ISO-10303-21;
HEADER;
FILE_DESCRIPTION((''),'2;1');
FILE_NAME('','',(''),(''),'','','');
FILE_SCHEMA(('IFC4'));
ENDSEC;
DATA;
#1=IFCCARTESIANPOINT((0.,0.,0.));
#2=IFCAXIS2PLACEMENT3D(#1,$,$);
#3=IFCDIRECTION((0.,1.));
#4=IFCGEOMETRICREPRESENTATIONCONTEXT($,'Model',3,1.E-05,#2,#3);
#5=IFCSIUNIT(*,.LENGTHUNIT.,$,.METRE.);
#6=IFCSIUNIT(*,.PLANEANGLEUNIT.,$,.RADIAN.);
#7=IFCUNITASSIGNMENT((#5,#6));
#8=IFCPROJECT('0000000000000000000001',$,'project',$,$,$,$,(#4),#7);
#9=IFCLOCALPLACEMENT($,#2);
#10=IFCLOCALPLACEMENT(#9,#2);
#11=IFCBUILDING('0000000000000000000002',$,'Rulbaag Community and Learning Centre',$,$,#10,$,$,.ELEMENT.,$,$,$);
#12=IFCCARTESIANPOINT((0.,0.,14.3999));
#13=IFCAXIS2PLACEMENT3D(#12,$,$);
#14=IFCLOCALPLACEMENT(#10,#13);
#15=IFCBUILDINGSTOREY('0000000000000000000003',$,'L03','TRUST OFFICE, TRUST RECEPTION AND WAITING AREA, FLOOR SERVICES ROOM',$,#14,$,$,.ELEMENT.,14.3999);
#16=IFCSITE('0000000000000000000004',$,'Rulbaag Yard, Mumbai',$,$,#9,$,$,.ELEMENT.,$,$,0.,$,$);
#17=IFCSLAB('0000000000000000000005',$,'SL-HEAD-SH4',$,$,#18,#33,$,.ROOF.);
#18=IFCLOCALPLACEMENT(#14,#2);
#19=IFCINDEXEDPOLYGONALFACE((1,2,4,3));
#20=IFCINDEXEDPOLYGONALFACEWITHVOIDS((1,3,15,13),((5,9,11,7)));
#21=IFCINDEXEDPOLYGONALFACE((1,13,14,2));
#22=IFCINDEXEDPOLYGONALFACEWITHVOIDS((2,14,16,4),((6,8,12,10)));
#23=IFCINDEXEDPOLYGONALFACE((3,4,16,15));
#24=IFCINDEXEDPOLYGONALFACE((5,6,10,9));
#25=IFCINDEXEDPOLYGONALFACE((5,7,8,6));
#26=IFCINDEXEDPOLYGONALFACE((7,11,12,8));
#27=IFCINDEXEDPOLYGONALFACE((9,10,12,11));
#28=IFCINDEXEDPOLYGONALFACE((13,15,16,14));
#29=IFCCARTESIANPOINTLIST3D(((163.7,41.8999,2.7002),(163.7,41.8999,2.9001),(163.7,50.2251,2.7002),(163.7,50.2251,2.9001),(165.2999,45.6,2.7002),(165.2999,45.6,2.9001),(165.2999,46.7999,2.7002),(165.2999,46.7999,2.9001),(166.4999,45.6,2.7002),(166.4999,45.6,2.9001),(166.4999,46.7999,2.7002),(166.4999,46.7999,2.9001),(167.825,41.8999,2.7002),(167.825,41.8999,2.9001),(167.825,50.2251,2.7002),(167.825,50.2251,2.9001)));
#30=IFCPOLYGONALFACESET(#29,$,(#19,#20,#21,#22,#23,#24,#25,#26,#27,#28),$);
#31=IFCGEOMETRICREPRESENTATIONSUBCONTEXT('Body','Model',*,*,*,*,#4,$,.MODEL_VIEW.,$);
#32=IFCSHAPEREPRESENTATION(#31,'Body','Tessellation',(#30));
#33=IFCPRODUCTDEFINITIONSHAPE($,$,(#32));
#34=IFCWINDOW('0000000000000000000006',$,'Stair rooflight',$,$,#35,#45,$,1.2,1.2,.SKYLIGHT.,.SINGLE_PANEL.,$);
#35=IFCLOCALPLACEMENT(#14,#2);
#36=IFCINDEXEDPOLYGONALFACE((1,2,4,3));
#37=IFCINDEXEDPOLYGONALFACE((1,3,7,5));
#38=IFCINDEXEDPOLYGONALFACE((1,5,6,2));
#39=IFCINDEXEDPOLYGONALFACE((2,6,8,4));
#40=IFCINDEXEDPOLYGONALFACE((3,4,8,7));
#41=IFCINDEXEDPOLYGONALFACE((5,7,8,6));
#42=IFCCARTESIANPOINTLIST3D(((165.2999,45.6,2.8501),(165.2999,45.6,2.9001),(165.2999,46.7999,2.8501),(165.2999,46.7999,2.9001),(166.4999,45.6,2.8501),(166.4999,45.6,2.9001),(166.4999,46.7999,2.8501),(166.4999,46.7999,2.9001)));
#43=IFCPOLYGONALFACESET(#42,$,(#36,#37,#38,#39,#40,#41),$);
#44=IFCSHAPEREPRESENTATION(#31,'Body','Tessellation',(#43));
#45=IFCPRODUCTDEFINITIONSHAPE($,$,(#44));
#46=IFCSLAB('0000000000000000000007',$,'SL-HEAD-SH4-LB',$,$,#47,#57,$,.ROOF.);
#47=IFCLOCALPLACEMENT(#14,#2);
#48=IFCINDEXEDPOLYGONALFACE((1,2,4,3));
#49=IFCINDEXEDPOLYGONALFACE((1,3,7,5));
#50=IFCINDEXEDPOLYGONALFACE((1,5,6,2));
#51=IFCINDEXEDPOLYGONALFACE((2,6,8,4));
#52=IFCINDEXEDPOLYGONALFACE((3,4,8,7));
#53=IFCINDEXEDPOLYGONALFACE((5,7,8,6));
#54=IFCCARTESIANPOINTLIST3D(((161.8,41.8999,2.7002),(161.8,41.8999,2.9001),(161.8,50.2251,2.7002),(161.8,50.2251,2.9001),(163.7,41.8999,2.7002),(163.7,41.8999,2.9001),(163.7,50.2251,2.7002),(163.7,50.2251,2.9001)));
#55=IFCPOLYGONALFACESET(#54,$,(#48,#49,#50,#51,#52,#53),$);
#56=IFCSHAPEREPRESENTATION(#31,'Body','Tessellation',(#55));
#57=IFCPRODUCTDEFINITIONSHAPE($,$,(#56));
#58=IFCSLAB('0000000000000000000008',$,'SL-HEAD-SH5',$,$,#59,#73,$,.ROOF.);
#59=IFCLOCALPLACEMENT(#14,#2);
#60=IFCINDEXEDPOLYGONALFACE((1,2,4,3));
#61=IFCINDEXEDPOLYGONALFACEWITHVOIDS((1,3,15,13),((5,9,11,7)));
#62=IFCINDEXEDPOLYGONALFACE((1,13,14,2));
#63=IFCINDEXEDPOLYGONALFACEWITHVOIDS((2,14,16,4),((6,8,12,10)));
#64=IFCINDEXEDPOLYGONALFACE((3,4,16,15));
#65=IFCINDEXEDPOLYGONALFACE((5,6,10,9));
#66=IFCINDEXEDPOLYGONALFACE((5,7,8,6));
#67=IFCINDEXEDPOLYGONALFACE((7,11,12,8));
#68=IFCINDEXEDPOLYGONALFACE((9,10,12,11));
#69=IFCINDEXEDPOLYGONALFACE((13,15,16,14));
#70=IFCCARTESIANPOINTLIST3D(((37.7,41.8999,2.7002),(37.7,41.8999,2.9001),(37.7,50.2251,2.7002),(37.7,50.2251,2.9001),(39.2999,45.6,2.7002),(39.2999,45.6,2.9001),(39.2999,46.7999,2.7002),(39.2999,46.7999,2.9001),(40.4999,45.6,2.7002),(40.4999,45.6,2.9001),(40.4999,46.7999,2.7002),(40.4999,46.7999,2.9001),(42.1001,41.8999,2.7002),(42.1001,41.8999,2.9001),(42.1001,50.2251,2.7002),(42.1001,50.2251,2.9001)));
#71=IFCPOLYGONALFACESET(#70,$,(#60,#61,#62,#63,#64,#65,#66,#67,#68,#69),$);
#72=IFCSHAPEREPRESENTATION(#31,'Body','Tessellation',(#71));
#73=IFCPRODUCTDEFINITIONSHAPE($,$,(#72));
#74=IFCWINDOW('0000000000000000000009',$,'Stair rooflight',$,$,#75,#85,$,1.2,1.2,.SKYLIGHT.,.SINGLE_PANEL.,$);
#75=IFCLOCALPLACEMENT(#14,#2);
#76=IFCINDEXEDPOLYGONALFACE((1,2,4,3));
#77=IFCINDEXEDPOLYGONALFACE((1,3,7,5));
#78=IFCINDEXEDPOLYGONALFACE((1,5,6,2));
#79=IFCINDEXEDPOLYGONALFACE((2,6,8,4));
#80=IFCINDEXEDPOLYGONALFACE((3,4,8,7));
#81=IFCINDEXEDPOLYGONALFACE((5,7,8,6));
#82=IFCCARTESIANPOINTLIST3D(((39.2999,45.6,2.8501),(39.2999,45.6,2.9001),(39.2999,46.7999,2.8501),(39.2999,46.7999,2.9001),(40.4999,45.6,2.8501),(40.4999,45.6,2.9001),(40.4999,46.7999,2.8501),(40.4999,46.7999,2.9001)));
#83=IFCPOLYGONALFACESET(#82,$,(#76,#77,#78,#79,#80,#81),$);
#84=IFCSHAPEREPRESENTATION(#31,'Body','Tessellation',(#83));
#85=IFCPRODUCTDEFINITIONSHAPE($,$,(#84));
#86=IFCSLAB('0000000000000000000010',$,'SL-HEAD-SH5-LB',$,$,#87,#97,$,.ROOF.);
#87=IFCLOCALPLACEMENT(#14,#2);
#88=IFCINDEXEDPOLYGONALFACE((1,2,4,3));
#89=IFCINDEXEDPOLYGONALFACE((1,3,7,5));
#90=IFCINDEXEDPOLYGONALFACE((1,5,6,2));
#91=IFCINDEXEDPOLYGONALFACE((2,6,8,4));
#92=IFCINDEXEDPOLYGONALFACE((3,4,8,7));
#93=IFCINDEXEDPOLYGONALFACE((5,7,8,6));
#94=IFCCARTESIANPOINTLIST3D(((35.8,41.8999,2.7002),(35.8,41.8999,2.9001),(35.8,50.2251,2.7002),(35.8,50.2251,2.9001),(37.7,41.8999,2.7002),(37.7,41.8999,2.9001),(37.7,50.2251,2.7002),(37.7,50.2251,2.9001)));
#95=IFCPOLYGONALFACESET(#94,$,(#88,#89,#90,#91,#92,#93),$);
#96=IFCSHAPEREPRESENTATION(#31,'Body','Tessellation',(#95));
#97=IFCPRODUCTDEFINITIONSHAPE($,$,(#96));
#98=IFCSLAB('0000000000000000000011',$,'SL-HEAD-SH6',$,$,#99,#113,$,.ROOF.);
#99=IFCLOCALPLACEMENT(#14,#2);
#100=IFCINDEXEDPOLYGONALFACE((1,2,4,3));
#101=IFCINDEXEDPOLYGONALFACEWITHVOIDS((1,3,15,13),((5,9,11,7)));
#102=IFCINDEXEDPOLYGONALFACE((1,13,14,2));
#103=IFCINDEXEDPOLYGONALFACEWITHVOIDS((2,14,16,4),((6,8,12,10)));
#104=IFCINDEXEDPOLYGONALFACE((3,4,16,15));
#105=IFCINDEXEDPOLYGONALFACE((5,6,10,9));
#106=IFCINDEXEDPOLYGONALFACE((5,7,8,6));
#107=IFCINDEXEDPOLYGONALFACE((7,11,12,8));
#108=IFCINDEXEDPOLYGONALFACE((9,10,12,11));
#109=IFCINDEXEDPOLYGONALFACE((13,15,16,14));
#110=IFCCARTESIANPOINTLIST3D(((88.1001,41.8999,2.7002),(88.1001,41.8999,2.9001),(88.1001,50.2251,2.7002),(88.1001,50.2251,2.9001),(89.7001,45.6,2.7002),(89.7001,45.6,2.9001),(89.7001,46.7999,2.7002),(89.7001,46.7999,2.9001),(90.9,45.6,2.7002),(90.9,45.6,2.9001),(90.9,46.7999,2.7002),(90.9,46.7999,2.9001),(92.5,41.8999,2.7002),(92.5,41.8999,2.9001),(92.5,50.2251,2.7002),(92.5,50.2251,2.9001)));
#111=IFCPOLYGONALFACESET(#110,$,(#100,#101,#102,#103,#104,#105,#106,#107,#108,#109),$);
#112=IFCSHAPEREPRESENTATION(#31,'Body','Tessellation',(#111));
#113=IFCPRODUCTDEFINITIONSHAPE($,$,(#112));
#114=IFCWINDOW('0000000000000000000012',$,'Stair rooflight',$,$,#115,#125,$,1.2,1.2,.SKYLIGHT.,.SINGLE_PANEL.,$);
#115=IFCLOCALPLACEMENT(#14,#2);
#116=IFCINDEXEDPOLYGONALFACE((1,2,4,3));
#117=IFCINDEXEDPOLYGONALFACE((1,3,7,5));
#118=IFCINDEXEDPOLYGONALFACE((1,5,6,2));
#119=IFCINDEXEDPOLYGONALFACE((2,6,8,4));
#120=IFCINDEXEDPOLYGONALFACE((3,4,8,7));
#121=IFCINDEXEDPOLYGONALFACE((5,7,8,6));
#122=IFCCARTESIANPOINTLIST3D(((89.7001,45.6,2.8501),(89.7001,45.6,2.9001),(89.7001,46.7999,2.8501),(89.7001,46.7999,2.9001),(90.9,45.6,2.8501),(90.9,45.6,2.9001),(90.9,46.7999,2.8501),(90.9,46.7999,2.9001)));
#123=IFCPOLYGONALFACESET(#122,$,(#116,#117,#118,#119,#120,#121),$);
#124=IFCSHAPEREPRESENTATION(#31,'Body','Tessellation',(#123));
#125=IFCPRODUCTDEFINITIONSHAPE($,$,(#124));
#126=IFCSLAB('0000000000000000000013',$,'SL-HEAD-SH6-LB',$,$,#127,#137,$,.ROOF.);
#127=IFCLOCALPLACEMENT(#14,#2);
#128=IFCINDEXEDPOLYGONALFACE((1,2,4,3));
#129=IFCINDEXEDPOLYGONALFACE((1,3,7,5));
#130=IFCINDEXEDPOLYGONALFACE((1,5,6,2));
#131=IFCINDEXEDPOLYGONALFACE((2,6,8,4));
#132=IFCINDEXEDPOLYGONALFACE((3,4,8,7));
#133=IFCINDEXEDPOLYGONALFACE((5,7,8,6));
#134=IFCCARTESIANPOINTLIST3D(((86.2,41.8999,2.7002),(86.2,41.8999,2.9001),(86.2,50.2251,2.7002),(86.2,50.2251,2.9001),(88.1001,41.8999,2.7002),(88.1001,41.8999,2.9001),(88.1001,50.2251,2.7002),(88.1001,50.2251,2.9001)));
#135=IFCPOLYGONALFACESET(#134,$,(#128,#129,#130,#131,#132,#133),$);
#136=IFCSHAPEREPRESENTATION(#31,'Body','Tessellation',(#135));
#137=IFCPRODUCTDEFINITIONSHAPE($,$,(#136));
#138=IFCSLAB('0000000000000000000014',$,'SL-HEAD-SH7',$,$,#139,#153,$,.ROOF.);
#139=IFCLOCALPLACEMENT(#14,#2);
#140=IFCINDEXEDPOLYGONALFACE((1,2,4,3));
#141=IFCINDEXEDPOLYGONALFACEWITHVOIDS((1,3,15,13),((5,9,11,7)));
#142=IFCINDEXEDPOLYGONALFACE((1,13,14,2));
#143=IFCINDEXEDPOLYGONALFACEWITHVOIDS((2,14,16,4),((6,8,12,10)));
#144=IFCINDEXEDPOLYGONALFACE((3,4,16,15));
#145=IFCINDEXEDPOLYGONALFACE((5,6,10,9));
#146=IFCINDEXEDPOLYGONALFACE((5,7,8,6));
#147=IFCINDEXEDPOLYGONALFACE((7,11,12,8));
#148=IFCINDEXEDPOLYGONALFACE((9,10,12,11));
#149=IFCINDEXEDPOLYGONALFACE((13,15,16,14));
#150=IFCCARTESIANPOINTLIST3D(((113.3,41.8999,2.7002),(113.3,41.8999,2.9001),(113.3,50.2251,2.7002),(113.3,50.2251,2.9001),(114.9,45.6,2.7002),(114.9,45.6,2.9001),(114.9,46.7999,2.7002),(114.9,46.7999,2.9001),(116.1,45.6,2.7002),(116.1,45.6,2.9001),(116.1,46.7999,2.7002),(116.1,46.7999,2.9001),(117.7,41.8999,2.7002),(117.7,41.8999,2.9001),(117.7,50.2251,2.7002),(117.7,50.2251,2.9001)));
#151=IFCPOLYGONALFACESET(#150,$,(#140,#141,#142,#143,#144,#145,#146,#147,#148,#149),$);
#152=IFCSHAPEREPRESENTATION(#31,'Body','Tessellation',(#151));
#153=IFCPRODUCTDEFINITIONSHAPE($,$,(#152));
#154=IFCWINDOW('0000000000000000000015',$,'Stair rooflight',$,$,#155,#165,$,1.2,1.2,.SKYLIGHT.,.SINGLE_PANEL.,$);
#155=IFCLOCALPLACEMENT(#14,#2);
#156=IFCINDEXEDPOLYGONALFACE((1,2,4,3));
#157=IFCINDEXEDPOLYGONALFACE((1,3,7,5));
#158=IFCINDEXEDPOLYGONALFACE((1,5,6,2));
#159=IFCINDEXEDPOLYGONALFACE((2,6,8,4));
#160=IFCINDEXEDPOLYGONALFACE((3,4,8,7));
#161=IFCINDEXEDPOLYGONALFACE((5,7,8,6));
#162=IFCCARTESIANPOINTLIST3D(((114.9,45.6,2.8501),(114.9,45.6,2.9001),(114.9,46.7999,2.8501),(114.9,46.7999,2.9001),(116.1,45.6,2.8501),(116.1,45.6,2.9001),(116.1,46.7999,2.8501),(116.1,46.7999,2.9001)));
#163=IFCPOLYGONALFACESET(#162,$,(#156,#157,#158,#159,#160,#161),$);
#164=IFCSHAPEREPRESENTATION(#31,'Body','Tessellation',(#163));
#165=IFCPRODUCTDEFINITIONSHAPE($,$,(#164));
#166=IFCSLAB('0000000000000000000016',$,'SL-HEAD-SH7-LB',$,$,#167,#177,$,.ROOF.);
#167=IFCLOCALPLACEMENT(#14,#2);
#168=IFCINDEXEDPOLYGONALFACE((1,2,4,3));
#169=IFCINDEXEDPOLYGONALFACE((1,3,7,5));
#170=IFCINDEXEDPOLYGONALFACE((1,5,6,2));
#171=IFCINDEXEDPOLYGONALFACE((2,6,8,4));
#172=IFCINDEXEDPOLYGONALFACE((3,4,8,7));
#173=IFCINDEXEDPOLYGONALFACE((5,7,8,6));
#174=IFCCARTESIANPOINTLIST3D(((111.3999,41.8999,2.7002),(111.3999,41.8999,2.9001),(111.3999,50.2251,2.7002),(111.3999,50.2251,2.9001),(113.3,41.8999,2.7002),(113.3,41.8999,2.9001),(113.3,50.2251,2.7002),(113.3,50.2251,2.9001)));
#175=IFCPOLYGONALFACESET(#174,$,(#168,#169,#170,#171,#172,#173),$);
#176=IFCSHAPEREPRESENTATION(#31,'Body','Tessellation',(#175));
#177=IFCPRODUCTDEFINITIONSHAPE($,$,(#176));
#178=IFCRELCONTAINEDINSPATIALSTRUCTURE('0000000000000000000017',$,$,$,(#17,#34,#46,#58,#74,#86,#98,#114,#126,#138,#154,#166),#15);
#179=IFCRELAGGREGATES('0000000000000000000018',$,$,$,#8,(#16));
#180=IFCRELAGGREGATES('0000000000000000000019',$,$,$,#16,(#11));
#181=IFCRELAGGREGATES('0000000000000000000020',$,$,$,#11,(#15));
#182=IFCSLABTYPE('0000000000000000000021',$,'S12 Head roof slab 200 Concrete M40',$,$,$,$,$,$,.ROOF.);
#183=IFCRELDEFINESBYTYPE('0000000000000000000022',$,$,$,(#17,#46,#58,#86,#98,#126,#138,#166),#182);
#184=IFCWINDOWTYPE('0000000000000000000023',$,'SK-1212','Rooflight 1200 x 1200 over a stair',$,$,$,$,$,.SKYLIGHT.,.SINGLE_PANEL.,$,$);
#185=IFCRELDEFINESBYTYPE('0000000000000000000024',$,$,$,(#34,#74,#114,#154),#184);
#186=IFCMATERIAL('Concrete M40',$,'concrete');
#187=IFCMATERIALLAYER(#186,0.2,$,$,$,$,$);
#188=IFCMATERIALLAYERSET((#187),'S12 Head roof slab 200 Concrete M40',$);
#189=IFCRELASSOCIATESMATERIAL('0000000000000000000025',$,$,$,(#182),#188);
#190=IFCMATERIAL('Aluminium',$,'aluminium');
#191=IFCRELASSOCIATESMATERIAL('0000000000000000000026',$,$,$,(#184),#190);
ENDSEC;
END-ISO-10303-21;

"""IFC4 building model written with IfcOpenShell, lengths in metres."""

from ifc_helpers import new_model, si_unit, direction, frame, origin, origin_2d, place, context, subcontext, project, spatial, polyline, rectangle, outline, extrude, material, layer, layer_set, type_object, element, fill, save


model = new_model("IFC4")

# Units and contexts
model_context = context("Model", 3, precision=1e-05, world=origin(), true_north=direction((0.0, 1.0)))
body_context = subcontext(model_context, "Body", "Model", "MODEL_VIEW")
ifc_project = project(units=[si_unit("LENGTHUNIT", "METRE"), si_unit("PLANEANGLEUNIT", "RADIAN")], contexts=[model_context])

# Site, building, storey
site_placement = place(None, origin())
site = spatial("IfcSite", under=ifc_project, at=site_placement, Name="Rulbaag Yard, Mumbai", CompositionType="ELEMENT", RefElevation=0.0)
building_placement = place(site_placement, origin())
building = spatial("IfcBuilding", under=site, at=building_placement, Name="Rulbaag Community and Learning Centre", CompositionType="ELEMENT")
storey_placement = place(building_placement, frame((0.0, 0.0, 14.3999)))
storey = spatial("IfcBuildingStorey", under=building, at=storey_placement, Name="L03", Description="TRUST OFFICE, TRUST RECEPTION AND WAITING AREA, FLOOR SERVICES ROOM", CompositionType="ELEMENT", Elevation=14.3999)

# Slab, opening, window
ifc_material_1 = material(Name="Concrete M40", Category="concrete")
ifc_layer = layer(ifc_material_1, 0.2)
ifc_layer_set = layer_set([ifc_layer], Name="S12 Head roof slab 200 Concrete M40")
slab_type = type_object("IfcSlabType", Name="S12 Head roof slab 200 Concrete M40", PredefinedType="ROOF", material=ifc_layer_set)
slab_1_placement = place(storey_placement, frame((0.0, 0.0, 2.7002)))
slab_1 = element("IfcSlab", 1, at=slab_1_placement, inside=storey, type_object=slab_type, Name="SL-HEAD-SH4", PredefinedType="ROOF", context=body_context, shape_type="SweptSolid", body=[
    extrude(outline(polyline([(167.825, 41.8999), (163.7, 41.8999), (163.7, 50.2251), (167.825, 50.2251), (167.825, 41.8999)])), origin(), (0.0, 0.0, 1.0), 0.2),
])
opening_1_placement = place(slab_1_placement, frame((165.8999, 46.2, 0.0)))
opening_1 = element("IfcOpeningElement", 2, at=opening_1_placement, cuts=slab_1, PredefinedType="OPENING", context=body_context, shape_type="SweptSolid", body=[
    extrude(rectangle(XDim=1.2, YDim=1.2, at=origin_2d()), origin(), (0.0, 0.0, 1.0), 0.2),
])
ifc_material_2 = material(Name="Aluminium", Category="aluminium")
window_type = type_object("IfcWindowType", Name="SK-1212", Description="Rooflight 1200 x 1200 over a stair", PartitioningType="SINGLE_PANEL", PredefinedType="SKYLIGHT", material=ifc_material_2)
window_1_placement = place(opening_1_placement, frame((0.0, 0.0, 0.1499)))
window_1 = element("IfcWindow", 3, at=window_1_placement, inside=storey, type_object=window_type, Name="Stair rooflight", OverallHeight=1.2, OverallWidth=1.2, PartitioningType="SINGLE_PANEL", PredefinedType="SKYLIGHT", context=body_context, shape_type="SweptSolid", body=[
    extrude(rectangle(XDim=1.2, YDim=1.2, at=origin_2d()), origin(), (0.0, 0.0, 1.0), 0.05),
])
fill(opening_1, window_1)

# Slab
slab_2_placement = place(storey_placement, frame((0.0, 0.0, 2.7002)))
element("IfcSlab", 4, at=slab_2_placement, inside=storey, type_object=slab_type, Name="SL-HEAD-SH4-LB", PredefinedType="ROOF", context=body_context, shape_type="SweptSolid", body=[
    extrude(outline(polyline([(163.7, 50.2251), (163.7, 41.8999), (161.8, 41.8999), (161.8, 50.2251), (163.7, 50.2251)])), origin(), (0.0, 0.0, 1.0), 0.2),
])

# Slab, opening, window
slab_3_placement = place(storey_placement, frame((0.0, 0.0, 2.7002)))
slab_3 = element("IfcSlab", 5, at=slab_3_placement, inside=storey, type_object=slab_type, Name="SL-HEAD-SH5", PredefinedType="ROOF", context=body_context, shape_type="SweptSolid", body=[
    extrude(outline(polyline([(42.1001, 41.8999), (37.7, 41.8999), (37.7, 50.2251), (42.1001, 50.2251), (42.1001, 41.8999)])), origin(), (0.0, 0.0, 1.0), 0.2),
])
opening_2_placement = place(slab_3_placement, frame((39.8999, 46.2, 0.0)))
opening_2 = element("IfcOpeningElement", 6, at=opening_2_placement, cuts=slab_3, PredefinedType="OPENING", context=body_context, shape_type="SweptSolid", body=[
    extrude(rectangle(XDim=1.2, YDim=1.2, at=origin_2d()), origin(), (0.0, 0.0, 1.0), 0.2),
])
window_2_placement = place(opening_2_placement, frame((0.0, 0.0, 0.1499)))
window_2 = element("IfcWindow", 7, at=window_2_placement, inside=storey, type_object=window_type, Name="Stair rooflight", OverallHeight=1.2, OverallWidth=1.2, PartitioningType="SINGLE_PANEL", PredefinedType="SKYLIGHT", context=body_context, shape_type="SweptSolid", body=[
    extrude(rectangle(XDim=1.2, YDim=1.2, at=origin_2d()), origin(), (0.0, 0.0, 1.0), 0.05),
])
fill(opening_2, window_2)

# Slab
slab_4_placement = place(storey_placement, frame((0.0, 0.0, 2.7002)))
element("IfcSlab", 8, at=slab_4_placement, inside=storey, type_object=slab_type, Name="SL-HEAD-SH5-LB", PredefinedType="ROOF", context=body_context, shape_type="SweptSolid", body=[
    extrude(outline(polyline([(37.7, 50.2251), (37.7, 41.8999), (35.8, 41.8999), (35.8, 50.2251), (37.7, 50.2251)])), origin(), (0.0, 0.0, 1.0), 0.2),
])

# Slab, opening, window
slab_5_placement = place(storey_placement, frame((0.0, 0.0, 2.7002)))
slab_5 = element("IfcSlab", 9, at=slab_5_placement, inside=storey, type_object=slab_type, Name="SL-HEAD-SH6", PredefinedType="ROOF", context=body_context, shape_type="SweptSolid", body=[
    extrude(outline(polyline([(92.5, 41.8999), (88.1001, 41.8999), (88.1001, 50.2251), (92.5, 50.2251), (92.5, 41.8999)])), origin(), (0.0, 0.0, 1.0), 0.2),
])
opening_3_placement = place(slab_5_placement, frame((90.3, 46.2, 0.0)))
opening_3 = element("IfcOpeningElement", 10, at=opening_3_placement, cuts=slab_5, PredefinedType="OPENING", context=body_context, shape_type="SweptSolid", body=[
    extrude(rectangle(XDim=1.2, YDim=1.2, at=origin_2d()), origin(), (0.0, 0.0, 1.0), 0.2),
])
window_3_placement = place(opening_3_placement, frame((0.0, 0.0, 0.1499)))
window_3 = element("IfcWindow", 11, at=window_3_placement, inside=storey, type_object=window_type, Name="Stair rooflight", OverallHeight=1.2, OverallWidth=1.2, PartitioningType="SINGLE_PANEL", PredefinedType="SKYLIGHT", context=body_context, shape_type="SweptSolid", body=[
    extrude(rectangle(XDim=1.2, YDim=1.2, at=origin_2d()), origin(), (0.0, 0.0, 1.0), 0.05),
])
fill(opening_3, window_3)

# Slab
slab_6_placement = place(storey_placement, frame((0.0, 0.0, 2.7002)))
element("IfcSlab", 12, at=slab_6_placement, inside=storey, type_object=slab_type, Name="SL-HEAD-SH6-LB", PredefinedType="ROOF", context=body_context, shape_type="SweptSolid", body=[
    extrude(outline(polyline([(88.1001, 50.2251), (88.1001, 41.8999), (86.2, 41.8999), (86.2, 50.2251), (88.1001, 50.2251)])), origin(), (0.0, 0.0, 1.0), 0.2),
])

# Slab, opening, window
slab_7_placement = place(storey_placement, frame((0.0, 0.0, 2.7002)))
slab_7 = element("IfcSlab", 13, at=slab_7_placement, inside=storey, type_object=slab_type, Name="SL-HEAD-SH7", PredefinedType="ROOF", context=body_context, shape_type="SweptSolid", body=[
    extrude(outline(polyline([(117.7, 41.8999), (113.3, 41.8999), (113.3, 50.2251), (117.7, 50.2251), (117.7, 41.8999)])), origin(), (0.0, 0.0, 1.0), 0.2),
])
opening_4_placement = place(slab_7_placement, frame((115.5, 46.2, 0.0)))
opening_4 = element("IfcOpeningElement", 14, at=opening_4_placement, cuts=slab_7, PredefinedType="OPENING", context=body_context, shape_type="SweptSolid", body=[
    extrude(rectangle(XDim=1.2, YDim=1.2, at=origin_2d()), origin(), (0.0, 0.0, 1.0), 0.2),
])
window_4_placement = place(opening_4_placement, frame((0.0, 0.0, 0.1499)))
window_4 = element("IfcWindow", 15, at=window_4_placement, inside=storey, type_object=window_type, Name="Stair rooflight", OverallHeight=1.2, OverallWidth=1.2, PartitioningType="SINGLE_PANEL", PredefinedType="SKYLIGHT", context=body_context, shape_type="SweptSolid", body=[
    extrude(rectangle(XDim=1.2, YDim=1.2, at=origin_2d()), origin(), (0.0, 0.0, 1.0), 0.05),
])
fill(opening_4, window_4)

# Slab
slab_8_placement = place(storey_placement, frame((0.0, 0.0, 2.7002)))
element("IfcSlab", 16, at=slab_8_placement, inside=storey, type_object=slab_type, Name="SL-HEAD-SH7-LB", PredefinedType="ROOF", context=body_context, shape_type="SweptSolid", body=[
    extrude(outline(polyline([(113.3, 50.2251), (113.3, 41.8999), (111.3999, 41.8999), (111.3999, 50.2251), (113.3, 50.2251)])), origin(), (0.0, 0.0, 1.0), 0.2),
])

save(model, "model.ifc")
